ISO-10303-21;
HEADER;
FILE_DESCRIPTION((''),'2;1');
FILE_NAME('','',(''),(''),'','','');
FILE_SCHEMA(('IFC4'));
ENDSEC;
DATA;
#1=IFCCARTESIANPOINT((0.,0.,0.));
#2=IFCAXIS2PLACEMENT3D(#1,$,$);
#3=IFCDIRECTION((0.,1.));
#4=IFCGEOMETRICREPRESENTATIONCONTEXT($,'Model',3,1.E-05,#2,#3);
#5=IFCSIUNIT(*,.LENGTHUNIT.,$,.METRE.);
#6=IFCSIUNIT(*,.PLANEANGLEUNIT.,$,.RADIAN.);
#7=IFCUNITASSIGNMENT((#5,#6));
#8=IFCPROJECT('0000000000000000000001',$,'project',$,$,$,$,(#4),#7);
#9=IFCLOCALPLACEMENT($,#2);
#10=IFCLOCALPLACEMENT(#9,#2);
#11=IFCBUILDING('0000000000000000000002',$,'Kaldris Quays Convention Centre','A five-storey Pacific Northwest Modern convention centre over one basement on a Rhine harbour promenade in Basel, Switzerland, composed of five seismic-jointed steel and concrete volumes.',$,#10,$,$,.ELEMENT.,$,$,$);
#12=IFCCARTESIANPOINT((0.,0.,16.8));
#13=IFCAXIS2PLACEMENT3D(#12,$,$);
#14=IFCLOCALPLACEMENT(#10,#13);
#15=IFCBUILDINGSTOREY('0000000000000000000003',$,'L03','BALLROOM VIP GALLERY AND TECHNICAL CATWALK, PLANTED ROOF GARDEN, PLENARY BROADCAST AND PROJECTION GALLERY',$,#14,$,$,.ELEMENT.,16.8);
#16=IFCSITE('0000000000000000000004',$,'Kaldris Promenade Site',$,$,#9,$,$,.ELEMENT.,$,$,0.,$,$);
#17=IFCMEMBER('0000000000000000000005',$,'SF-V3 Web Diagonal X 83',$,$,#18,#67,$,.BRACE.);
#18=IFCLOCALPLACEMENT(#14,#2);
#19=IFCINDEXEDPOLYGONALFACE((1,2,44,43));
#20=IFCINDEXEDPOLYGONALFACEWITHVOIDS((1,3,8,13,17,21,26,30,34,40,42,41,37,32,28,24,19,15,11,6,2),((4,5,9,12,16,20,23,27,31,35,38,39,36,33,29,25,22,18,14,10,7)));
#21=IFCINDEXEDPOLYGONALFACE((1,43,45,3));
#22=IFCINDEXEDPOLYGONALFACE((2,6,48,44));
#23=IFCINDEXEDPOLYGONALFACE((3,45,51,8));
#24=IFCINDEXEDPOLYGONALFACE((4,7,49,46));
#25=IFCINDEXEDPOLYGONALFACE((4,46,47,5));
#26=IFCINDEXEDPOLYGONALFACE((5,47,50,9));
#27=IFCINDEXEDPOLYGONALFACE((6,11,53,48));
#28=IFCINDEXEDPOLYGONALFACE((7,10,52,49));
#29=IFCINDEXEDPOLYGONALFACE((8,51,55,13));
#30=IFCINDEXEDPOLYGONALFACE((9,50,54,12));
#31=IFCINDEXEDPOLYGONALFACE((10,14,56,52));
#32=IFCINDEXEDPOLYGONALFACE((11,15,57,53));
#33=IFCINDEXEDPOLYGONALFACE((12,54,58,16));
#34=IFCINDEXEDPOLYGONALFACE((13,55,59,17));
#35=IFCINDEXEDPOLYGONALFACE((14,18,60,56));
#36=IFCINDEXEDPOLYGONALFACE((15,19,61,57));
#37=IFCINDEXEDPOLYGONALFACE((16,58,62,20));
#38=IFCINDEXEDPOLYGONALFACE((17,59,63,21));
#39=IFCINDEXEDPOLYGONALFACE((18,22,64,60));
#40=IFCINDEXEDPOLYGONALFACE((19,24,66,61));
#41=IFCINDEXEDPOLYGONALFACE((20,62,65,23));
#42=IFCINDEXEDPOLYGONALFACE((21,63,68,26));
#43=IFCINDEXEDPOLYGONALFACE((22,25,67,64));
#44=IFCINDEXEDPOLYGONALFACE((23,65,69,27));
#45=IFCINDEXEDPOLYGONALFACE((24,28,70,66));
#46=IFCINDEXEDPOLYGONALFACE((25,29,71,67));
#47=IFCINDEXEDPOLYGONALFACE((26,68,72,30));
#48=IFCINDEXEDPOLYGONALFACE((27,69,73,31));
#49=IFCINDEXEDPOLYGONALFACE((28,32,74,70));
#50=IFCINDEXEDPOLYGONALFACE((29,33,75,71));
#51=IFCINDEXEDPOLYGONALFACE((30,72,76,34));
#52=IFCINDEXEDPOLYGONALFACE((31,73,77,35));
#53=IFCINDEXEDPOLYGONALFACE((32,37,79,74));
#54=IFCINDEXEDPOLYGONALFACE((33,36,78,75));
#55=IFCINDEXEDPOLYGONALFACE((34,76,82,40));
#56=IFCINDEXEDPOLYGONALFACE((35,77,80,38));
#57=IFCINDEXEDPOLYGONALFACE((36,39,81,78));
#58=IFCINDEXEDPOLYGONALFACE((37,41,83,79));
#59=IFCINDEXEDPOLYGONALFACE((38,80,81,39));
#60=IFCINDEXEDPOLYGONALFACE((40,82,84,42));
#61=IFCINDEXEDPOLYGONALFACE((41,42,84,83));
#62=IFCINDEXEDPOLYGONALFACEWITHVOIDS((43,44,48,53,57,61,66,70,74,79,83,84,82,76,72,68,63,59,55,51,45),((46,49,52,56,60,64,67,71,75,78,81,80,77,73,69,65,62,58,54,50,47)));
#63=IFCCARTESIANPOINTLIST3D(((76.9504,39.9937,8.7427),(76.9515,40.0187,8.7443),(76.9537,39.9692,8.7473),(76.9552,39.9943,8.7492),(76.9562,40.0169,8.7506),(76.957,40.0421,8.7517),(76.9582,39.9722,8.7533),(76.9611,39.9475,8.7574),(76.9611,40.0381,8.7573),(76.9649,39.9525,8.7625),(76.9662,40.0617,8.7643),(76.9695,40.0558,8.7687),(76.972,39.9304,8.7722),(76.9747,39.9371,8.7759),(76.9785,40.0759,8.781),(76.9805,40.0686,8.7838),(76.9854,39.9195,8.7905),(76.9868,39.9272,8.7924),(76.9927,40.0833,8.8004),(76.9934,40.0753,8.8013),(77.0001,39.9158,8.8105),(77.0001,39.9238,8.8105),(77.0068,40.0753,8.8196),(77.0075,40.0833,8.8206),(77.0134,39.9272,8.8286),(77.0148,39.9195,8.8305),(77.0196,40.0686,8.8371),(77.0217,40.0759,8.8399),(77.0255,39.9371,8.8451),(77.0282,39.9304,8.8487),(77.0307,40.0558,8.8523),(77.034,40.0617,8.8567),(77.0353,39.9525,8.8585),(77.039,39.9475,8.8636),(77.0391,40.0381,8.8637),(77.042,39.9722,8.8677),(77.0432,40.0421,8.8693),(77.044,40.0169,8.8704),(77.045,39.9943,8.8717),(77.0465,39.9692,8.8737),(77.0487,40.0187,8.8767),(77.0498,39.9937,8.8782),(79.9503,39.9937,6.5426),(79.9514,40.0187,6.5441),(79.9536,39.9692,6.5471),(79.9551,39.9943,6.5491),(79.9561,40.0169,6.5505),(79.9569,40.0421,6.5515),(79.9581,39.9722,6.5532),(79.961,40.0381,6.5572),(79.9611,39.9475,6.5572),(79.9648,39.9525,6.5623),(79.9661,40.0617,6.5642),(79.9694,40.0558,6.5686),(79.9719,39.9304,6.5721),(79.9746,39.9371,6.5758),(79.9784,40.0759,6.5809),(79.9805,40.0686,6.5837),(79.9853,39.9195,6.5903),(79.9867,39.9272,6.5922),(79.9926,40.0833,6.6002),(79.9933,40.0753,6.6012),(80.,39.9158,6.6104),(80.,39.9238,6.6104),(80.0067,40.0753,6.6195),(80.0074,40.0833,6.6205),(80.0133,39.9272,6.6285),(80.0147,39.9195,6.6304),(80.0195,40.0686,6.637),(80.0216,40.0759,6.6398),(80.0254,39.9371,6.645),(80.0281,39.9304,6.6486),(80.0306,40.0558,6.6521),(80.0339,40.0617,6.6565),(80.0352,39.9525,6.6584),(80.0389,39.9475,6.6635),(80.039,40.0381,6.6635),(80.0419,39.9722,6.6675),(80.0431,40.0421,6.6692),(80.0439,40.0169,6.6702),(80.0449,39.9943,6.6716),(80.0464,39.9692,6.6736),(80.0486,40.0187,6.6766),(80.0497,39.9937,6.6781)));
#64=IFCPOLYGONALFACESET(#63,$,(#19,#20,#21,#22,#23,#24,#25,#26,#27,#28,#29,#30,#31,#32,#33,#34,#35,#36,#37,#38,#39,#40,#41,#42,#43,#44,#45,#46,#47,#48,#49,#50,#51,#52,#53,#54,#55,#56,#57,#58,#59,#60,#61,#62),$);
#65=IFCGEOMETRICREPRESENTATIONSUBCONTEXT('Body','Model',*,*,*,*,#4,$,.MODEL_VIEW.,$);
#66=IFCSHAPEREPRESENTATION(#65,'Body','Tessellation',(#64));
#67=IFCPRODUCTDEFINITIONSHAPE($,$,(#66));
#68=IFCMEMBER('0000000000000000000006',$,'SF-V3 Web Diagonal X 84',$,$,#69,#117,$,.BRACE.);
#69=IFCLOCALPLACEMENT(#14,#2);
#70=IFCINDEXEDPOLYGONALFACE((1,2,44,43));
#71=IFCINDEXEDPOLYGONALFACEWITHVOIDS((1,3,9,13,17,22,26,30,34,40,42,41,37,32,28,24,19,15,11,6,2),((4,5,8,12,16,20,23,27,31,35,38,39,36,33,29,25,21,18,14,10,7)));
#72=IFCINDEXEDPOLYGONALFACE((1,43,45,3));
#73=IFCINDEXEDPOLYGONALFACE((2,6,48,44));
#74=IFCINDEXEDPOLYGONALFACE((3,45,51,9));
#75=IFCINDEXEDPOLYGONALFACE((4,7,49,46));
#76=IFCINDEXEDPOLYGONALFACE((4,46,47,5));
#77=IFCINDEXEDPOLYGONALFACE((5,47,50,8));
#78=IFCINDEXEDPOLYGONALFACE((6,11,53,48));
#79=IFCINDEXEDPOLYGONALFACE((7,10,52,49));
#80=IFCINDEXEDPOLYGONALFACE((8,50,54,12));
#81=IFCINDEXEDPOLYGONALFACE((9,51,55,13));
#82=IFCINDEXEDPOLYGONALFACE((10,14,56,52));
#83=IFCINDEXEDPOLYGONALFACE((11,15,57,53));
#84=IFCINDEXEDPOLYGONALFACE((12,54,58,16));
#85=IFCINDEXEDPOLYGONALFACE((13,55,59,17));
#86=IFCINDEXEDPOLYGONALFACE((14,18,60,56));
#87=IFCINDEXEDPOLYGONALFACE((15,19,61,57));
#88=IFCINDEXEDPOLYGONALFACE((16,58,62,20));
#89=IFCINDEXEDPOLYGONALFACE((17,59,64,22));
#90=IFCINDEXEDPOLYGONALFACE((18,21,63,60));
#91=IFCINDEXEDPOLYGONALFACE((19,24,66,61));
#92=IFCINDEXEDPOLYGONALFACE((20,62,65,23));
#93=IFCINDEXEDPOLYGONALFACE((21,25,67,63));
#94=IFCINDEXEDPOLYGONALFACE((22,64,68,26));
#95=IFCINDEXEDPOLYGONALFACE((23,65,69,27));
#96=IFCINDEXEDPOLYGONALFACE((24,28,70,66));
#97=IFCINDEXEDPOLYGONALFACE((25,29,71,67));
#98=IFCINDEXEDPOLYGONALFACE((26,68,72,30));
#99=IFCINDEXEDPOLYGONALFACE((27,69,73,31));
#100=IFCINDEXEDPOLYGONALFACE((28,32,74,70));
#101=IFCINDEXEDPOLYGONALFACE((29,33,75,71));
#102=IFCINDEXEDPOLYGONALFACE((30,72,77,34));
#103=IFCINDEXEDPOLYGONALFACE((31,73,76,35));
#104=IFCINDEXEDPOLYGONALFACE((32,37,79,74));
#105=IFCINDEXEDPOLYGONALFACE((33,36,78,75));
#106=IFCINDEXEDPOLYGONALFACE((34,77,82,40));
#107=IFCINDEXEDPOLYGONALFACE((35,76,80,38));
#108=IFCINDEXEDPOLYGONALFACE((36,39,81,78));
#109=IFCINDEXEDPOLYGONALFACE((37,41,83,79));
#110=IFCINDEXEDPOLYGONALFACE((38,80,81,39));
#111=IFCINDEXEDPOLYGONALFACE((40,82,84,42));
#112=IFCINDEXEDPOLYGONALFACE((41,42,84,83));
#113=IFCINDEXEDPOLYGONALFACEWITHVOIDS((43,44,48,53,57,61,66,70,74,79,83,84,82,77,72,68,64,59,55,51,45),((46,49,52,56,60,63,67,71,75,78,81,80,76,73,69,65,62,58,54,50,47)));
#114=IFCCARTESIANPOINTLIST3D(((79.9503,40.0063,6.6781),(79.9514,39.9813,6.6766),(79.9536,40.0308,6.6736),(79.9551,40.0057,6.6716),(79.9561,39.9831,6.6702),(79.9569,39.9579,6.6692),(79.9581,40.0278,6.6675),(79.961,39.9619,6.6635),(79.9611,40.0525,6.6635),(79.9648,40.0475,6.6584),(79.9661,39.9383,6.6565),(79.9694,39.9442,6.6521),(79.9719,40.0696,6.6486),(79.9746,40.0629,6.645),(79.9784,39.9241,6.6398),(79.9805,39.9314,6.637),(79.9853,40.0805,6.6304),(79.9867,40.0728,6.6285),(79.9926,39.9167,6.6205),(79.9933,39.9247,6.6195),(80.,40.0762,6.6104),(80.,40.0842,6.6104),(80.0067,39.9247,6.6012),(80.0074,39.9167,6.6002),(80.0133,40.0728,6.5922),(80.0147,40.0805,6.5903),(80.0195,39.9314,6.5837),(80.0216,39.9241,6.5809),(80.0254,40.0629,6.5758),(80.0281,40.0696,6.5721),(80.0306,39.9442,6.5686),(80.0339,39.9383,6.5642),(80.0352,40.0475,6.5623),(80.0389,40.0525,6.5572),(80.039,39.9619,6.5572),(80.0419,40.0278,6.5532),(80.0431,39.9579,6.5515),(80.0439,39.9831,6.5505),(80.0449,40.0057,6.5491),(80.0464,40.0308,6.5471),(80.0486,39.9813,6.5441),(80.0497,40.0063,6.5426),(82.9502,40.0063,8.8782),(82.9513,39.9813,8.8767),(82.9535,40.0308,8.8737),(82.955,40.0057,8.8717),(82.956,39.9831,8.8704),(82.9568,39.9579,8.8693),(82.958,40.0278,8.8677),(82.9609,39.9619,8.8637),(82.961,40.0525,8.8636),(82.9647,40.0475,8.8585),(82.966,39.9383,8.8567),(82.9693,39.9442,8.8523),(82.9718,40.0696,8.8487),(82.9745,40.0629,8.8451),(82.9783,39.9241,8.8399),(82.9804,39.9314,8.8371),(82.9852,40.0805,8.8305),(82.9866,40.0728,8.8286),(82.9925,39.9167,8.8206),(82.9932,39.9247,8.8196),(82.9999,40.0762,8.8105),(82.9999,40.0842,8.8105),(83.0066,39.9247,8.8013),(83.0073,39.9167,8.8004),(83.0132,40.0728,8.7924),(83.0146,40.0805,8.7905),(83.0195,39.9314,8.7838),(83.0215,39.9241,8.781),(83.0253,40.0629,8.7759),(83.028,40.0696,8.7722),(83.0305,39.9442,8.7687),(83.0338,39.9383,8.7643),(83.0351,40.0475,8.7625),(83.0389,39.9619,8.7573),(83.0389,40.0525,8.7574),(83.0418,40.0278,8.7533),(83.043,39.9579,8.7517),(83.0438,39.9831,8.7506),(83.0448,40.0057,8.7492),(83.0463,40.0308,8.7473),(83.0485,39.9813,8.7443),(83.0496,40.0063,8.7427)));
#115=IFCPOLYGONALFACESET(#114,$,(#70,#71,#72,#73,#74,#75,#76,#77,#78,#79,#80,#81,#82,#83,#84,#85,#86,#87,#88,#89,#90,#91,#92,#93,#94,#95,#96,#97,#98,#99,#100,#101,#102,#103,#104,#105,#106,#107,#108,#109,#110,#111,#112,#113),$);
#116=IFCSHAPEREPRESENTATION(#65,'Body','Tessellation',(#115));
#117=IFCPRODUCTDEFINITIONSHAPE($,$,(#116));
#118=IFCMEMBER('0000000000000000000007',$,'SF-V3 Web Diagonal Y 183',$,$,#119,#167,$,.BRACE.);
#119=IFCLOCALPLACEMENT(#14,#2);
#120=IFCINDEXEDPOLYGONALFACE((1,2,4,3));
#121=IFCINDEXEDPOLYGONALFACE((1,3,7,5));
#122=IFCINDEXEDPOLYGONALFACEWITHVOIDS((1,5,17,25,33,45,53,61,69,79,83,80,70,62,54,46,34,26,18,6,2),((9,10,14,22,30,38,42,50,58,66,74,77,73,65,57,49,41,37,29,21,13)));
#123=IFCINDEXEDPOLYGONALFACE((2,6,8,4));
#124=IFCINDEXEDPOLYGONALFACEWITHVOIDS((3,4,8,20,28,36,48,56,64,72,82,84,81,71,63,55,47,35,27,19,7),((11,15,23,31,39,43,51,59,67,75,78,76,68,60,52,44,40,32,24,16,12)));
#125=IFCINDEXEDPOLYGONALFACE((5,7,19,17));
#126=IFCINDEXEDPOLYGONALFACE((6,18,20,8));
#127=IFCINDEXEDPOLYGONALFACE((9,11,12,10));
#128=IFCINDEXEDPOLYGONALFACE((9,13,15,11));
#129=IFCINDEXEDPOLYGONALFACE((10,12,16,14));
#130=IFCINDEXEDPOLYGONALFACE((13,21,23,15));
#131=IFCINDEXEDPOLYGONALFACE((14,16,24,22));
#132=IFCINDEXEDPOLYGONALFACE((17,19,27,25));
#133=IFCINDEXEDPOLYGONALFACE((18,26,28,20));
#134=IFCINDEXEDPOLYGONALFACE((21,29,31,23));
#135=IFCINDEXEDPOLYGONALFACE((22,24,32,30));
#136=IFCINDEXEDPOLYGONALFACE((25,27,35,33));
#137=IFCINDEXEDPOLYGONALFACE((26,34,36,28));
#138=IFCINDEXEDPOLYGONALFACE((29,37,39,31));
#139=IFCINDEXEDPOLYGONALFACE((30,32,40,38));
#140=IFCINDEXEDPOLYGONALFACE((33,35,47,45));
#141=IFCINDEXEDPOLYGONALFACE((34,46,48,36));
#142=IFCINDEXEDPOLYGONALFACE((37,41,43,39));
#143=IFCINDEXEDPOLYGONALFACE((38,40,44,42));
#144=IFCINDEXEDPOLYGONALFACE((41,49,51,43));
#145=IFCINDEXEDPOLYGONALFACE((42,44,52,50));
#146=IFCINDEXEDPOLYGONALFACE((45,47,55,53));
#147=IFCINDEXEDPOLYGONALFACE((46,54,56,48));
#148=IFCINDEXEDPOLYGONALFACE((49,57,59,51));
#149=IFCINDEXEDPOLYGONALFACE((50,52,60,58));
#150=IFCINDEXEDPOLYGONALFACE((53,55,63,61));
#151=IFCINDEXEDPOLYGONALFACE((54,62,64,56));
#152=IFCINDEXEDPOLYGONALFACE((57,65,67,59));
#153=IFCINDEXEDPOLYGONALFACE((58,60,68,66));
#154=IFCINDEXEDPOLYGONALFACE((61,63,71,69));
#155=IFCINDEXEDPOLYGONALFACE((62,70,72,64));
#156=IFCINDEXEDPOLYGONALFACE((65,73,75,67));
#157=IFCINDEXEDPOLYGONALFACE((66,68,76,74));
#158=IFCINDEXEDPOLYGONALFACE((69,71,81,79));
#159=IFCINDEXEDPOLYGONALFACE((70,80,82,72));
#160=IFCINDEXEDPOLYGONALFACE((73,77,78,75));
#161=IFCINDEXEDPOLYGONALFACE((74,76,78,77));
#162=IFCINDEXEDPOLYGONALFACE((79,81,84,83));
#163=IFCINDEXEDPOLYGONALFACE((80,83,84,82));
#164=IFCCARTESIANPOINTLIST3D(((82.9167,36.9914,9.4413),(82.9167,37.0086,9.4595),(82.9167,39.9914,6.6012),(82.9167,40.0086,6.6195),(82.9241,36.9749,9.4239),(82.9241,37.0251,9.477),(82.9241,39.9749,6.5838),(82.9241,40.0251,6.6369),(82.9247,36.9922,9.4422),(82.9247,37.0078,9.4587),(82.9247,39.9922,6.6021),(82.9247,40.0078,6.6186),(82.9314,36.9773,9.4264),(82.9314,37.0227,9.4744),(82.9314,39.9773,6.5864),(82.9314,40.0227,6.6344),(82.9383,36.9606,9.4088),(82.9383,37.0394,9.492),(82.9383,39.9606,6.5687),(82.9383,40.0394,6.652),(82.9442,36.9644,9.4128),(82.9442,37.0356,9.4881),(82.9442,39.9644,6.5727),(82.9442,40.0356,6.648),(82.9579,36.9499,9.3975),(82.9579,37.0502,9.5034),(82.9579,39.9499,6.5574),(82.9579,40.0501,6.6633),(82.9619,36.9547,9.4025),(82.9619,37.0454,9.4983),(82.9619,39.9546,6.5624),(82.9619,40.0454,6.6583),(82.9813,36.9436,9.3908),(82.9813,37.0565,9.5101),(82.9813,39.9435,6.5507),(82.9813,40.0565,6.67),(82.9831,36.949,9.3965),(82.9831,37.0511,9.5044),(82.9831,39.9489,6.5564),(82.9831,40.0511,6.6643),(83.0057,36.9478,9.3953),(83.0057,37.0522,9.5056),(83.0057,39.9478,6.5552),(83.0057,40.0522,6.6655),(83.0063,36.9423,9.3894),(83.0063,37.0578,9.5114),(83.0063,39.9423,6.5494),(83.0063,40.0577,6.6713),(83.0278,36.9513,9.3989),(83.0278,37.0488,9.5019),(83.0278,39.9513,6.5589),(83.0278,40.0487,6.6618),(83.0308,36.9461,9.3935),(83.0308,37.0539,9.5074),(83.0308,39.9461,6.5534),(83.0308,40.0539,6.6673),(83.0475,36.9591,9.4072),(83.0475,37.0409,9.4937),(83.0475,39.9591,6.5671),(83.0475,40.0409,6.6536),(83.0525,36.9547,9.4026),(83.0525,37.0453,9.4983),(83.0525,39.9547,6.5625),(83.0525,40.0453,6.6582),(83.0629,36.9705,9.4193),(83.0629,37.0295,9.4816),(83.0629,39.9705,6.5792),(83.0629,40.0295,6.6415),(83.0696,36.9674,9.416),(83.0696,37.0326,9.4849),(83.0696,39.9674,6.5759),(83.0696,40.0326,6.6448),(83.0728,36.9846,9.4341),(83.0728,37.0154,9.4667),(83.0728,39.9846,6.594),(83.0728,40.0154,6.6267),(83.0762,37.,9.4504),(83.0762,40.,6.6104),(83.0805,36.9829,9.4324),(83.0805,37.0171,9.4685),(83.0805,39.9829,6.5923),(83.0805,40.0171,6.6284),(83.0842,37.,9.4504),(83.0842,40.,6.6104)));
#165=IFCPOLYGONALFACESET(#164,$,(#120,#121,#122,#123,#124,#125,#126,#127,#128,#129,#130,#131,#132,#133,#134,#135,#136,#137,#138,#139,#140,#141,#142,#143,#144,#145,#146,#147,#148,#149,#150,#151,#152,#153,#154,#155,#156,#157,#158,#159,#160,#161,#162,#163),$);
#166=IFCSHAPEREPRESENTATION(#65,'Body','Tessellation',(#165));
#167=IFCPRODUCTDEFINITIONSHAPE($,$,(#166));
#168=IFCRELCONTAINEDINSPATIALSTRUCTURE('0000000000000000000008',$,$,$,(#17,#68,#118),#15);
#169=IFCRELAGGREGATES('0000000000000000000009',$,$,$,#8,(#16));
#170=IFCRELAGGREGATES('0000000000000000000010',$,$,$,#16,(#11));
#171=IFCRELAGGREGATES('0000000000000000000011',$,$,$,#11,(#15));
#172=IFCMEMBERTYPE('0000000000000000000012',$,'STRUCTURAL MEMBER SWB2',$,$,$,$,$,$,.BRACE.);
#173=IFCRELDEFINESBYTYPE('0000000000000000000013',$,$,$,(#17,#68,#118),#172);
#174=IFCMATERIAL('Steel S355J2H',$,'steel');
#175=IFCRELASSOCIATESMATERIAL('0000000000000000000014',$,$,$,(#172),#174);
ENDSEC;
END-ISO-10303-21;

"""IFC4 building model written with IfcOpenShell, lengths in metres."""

from ifc_helpers import new_model, si_unit, direction, frame, origin, origin_2d, place, context, subcontext, project, spatial, hollow_circle, extrude, material, material_profile, profile_set, type_object, element, save


model = new_model("IFC4")

# Units and contexts
model_context = context("Model", 3, precision=1e-05, world=origin(), true_north=direction((0.0, 1.0)))
body_context = subcontext(model_context, "Body", "Model", "MODEL_VIEW")
ifc_project = project(units=[si_unit("LENGTHUNIT", "METRE"), si_unit("PLANEANGLEUNIT", "RADIAN")], contexts=[model_context])

# Site, building, storey
site_placement = place(None, origin())
site = spatial("IfcSite", under=ifc_project, at=site_placement, Name="Kaldris Promenade Site", CompositionType="ELEMENT", RefElevation=0.0)
building_placement = place(site_placement, origin())
building = spatial("IfcBuilding", under=site, at=building_placement, Name="Kaldris Quays Convention Centre", Description="A five-storey Pacific Northwest Modern convention centre over one basement on a Rhine harbour promenade in Basel, Switzerland, composed of five seismic-jointed steel and concrete volumes.", CompositionType="ELEMENT")
storey_placement = place(building_placement, frame((0.0, 0.0, 16.8)))
storey = spatial("IfcBuildingStorey", under=building, at=storey_placement, Name="L03", Description="BALLROOM VIP GALLERY AND TECHNICAL CATWALK, PLANTED ROOF GARDEN, PLENARY BROADCAST AND PROJECTION GALLERY", CompositionType="ELEMENT", Elevation=16.8)

# Members
ifc_material_1 = material(Name="Steel S355J2H", Category="steel")
ifc_material_profile_1 = material_profile(ifc_material_1, hollow_circle(Radius=0.0842, WallThickness=0.0081, at=origin_2d()), Name="CHS 168.3x8")
ifc_profile_set_1 = profile_set([ifc_material_profile_1], Name="Steel S355J2H")
member_type_1 = type_object("IfcMemberType", Name="STRUCTURAL MEMBER SWB2", PredefinedType="BRACE", material=ifc_profile_set_1)
for number, where, z_axis, x_axis, name in (
    (1, (80.0, 40.0, 6.6104), (-0.80638, 0.0, 0.591398), (0.0, -1.0, 0.0), "SF-V3 Web Diagonal X 83"),
    (2, (80.0, 40.0, 6.6104), (0.80638, 0.0, 0.591398), (0.0, 1.0, 0.0), "SF-V3 Web Diagonal X 84"),
):
    element("IfcMember", number, at=place(storey_placement, frame(where, z_axis=z_axis, x_axis=x_axis)), inside=storey, type_object=member_type_1, Name=name, PredefinedType="BRACE", context=body_context, shape_type="SweptSolid", body=[
        extrude(hollow_circle(Radius=0.0842, WallThickness=0.0081, at=origin_2d()), origin(), (0.0, 0.0, 1.0), 3.7202),
    ])
member_1_placement = place(storey_placement, frame((83.0, 40.0, 6.6104), z_axis=(0.0, -0.726196, 0.687487), x_axis=(1.0, 0.0, 0.0)))
element("IfcMember", 3, at=member_1_placement, inside=storey, type_object=member_type_1, Name="SF-V3 Web Diagonal Y 183", PredefinedType="BRACE", context=body_context, shape_type="SweptSolid", body=[
    extrude(hollow_circle(Radius=0.0842, WallThickness=0.0081, at=origin_2d()), origin(), (0.0, 0.0, 1.0), 4.1311),
])

save(model, "model.ifc")
